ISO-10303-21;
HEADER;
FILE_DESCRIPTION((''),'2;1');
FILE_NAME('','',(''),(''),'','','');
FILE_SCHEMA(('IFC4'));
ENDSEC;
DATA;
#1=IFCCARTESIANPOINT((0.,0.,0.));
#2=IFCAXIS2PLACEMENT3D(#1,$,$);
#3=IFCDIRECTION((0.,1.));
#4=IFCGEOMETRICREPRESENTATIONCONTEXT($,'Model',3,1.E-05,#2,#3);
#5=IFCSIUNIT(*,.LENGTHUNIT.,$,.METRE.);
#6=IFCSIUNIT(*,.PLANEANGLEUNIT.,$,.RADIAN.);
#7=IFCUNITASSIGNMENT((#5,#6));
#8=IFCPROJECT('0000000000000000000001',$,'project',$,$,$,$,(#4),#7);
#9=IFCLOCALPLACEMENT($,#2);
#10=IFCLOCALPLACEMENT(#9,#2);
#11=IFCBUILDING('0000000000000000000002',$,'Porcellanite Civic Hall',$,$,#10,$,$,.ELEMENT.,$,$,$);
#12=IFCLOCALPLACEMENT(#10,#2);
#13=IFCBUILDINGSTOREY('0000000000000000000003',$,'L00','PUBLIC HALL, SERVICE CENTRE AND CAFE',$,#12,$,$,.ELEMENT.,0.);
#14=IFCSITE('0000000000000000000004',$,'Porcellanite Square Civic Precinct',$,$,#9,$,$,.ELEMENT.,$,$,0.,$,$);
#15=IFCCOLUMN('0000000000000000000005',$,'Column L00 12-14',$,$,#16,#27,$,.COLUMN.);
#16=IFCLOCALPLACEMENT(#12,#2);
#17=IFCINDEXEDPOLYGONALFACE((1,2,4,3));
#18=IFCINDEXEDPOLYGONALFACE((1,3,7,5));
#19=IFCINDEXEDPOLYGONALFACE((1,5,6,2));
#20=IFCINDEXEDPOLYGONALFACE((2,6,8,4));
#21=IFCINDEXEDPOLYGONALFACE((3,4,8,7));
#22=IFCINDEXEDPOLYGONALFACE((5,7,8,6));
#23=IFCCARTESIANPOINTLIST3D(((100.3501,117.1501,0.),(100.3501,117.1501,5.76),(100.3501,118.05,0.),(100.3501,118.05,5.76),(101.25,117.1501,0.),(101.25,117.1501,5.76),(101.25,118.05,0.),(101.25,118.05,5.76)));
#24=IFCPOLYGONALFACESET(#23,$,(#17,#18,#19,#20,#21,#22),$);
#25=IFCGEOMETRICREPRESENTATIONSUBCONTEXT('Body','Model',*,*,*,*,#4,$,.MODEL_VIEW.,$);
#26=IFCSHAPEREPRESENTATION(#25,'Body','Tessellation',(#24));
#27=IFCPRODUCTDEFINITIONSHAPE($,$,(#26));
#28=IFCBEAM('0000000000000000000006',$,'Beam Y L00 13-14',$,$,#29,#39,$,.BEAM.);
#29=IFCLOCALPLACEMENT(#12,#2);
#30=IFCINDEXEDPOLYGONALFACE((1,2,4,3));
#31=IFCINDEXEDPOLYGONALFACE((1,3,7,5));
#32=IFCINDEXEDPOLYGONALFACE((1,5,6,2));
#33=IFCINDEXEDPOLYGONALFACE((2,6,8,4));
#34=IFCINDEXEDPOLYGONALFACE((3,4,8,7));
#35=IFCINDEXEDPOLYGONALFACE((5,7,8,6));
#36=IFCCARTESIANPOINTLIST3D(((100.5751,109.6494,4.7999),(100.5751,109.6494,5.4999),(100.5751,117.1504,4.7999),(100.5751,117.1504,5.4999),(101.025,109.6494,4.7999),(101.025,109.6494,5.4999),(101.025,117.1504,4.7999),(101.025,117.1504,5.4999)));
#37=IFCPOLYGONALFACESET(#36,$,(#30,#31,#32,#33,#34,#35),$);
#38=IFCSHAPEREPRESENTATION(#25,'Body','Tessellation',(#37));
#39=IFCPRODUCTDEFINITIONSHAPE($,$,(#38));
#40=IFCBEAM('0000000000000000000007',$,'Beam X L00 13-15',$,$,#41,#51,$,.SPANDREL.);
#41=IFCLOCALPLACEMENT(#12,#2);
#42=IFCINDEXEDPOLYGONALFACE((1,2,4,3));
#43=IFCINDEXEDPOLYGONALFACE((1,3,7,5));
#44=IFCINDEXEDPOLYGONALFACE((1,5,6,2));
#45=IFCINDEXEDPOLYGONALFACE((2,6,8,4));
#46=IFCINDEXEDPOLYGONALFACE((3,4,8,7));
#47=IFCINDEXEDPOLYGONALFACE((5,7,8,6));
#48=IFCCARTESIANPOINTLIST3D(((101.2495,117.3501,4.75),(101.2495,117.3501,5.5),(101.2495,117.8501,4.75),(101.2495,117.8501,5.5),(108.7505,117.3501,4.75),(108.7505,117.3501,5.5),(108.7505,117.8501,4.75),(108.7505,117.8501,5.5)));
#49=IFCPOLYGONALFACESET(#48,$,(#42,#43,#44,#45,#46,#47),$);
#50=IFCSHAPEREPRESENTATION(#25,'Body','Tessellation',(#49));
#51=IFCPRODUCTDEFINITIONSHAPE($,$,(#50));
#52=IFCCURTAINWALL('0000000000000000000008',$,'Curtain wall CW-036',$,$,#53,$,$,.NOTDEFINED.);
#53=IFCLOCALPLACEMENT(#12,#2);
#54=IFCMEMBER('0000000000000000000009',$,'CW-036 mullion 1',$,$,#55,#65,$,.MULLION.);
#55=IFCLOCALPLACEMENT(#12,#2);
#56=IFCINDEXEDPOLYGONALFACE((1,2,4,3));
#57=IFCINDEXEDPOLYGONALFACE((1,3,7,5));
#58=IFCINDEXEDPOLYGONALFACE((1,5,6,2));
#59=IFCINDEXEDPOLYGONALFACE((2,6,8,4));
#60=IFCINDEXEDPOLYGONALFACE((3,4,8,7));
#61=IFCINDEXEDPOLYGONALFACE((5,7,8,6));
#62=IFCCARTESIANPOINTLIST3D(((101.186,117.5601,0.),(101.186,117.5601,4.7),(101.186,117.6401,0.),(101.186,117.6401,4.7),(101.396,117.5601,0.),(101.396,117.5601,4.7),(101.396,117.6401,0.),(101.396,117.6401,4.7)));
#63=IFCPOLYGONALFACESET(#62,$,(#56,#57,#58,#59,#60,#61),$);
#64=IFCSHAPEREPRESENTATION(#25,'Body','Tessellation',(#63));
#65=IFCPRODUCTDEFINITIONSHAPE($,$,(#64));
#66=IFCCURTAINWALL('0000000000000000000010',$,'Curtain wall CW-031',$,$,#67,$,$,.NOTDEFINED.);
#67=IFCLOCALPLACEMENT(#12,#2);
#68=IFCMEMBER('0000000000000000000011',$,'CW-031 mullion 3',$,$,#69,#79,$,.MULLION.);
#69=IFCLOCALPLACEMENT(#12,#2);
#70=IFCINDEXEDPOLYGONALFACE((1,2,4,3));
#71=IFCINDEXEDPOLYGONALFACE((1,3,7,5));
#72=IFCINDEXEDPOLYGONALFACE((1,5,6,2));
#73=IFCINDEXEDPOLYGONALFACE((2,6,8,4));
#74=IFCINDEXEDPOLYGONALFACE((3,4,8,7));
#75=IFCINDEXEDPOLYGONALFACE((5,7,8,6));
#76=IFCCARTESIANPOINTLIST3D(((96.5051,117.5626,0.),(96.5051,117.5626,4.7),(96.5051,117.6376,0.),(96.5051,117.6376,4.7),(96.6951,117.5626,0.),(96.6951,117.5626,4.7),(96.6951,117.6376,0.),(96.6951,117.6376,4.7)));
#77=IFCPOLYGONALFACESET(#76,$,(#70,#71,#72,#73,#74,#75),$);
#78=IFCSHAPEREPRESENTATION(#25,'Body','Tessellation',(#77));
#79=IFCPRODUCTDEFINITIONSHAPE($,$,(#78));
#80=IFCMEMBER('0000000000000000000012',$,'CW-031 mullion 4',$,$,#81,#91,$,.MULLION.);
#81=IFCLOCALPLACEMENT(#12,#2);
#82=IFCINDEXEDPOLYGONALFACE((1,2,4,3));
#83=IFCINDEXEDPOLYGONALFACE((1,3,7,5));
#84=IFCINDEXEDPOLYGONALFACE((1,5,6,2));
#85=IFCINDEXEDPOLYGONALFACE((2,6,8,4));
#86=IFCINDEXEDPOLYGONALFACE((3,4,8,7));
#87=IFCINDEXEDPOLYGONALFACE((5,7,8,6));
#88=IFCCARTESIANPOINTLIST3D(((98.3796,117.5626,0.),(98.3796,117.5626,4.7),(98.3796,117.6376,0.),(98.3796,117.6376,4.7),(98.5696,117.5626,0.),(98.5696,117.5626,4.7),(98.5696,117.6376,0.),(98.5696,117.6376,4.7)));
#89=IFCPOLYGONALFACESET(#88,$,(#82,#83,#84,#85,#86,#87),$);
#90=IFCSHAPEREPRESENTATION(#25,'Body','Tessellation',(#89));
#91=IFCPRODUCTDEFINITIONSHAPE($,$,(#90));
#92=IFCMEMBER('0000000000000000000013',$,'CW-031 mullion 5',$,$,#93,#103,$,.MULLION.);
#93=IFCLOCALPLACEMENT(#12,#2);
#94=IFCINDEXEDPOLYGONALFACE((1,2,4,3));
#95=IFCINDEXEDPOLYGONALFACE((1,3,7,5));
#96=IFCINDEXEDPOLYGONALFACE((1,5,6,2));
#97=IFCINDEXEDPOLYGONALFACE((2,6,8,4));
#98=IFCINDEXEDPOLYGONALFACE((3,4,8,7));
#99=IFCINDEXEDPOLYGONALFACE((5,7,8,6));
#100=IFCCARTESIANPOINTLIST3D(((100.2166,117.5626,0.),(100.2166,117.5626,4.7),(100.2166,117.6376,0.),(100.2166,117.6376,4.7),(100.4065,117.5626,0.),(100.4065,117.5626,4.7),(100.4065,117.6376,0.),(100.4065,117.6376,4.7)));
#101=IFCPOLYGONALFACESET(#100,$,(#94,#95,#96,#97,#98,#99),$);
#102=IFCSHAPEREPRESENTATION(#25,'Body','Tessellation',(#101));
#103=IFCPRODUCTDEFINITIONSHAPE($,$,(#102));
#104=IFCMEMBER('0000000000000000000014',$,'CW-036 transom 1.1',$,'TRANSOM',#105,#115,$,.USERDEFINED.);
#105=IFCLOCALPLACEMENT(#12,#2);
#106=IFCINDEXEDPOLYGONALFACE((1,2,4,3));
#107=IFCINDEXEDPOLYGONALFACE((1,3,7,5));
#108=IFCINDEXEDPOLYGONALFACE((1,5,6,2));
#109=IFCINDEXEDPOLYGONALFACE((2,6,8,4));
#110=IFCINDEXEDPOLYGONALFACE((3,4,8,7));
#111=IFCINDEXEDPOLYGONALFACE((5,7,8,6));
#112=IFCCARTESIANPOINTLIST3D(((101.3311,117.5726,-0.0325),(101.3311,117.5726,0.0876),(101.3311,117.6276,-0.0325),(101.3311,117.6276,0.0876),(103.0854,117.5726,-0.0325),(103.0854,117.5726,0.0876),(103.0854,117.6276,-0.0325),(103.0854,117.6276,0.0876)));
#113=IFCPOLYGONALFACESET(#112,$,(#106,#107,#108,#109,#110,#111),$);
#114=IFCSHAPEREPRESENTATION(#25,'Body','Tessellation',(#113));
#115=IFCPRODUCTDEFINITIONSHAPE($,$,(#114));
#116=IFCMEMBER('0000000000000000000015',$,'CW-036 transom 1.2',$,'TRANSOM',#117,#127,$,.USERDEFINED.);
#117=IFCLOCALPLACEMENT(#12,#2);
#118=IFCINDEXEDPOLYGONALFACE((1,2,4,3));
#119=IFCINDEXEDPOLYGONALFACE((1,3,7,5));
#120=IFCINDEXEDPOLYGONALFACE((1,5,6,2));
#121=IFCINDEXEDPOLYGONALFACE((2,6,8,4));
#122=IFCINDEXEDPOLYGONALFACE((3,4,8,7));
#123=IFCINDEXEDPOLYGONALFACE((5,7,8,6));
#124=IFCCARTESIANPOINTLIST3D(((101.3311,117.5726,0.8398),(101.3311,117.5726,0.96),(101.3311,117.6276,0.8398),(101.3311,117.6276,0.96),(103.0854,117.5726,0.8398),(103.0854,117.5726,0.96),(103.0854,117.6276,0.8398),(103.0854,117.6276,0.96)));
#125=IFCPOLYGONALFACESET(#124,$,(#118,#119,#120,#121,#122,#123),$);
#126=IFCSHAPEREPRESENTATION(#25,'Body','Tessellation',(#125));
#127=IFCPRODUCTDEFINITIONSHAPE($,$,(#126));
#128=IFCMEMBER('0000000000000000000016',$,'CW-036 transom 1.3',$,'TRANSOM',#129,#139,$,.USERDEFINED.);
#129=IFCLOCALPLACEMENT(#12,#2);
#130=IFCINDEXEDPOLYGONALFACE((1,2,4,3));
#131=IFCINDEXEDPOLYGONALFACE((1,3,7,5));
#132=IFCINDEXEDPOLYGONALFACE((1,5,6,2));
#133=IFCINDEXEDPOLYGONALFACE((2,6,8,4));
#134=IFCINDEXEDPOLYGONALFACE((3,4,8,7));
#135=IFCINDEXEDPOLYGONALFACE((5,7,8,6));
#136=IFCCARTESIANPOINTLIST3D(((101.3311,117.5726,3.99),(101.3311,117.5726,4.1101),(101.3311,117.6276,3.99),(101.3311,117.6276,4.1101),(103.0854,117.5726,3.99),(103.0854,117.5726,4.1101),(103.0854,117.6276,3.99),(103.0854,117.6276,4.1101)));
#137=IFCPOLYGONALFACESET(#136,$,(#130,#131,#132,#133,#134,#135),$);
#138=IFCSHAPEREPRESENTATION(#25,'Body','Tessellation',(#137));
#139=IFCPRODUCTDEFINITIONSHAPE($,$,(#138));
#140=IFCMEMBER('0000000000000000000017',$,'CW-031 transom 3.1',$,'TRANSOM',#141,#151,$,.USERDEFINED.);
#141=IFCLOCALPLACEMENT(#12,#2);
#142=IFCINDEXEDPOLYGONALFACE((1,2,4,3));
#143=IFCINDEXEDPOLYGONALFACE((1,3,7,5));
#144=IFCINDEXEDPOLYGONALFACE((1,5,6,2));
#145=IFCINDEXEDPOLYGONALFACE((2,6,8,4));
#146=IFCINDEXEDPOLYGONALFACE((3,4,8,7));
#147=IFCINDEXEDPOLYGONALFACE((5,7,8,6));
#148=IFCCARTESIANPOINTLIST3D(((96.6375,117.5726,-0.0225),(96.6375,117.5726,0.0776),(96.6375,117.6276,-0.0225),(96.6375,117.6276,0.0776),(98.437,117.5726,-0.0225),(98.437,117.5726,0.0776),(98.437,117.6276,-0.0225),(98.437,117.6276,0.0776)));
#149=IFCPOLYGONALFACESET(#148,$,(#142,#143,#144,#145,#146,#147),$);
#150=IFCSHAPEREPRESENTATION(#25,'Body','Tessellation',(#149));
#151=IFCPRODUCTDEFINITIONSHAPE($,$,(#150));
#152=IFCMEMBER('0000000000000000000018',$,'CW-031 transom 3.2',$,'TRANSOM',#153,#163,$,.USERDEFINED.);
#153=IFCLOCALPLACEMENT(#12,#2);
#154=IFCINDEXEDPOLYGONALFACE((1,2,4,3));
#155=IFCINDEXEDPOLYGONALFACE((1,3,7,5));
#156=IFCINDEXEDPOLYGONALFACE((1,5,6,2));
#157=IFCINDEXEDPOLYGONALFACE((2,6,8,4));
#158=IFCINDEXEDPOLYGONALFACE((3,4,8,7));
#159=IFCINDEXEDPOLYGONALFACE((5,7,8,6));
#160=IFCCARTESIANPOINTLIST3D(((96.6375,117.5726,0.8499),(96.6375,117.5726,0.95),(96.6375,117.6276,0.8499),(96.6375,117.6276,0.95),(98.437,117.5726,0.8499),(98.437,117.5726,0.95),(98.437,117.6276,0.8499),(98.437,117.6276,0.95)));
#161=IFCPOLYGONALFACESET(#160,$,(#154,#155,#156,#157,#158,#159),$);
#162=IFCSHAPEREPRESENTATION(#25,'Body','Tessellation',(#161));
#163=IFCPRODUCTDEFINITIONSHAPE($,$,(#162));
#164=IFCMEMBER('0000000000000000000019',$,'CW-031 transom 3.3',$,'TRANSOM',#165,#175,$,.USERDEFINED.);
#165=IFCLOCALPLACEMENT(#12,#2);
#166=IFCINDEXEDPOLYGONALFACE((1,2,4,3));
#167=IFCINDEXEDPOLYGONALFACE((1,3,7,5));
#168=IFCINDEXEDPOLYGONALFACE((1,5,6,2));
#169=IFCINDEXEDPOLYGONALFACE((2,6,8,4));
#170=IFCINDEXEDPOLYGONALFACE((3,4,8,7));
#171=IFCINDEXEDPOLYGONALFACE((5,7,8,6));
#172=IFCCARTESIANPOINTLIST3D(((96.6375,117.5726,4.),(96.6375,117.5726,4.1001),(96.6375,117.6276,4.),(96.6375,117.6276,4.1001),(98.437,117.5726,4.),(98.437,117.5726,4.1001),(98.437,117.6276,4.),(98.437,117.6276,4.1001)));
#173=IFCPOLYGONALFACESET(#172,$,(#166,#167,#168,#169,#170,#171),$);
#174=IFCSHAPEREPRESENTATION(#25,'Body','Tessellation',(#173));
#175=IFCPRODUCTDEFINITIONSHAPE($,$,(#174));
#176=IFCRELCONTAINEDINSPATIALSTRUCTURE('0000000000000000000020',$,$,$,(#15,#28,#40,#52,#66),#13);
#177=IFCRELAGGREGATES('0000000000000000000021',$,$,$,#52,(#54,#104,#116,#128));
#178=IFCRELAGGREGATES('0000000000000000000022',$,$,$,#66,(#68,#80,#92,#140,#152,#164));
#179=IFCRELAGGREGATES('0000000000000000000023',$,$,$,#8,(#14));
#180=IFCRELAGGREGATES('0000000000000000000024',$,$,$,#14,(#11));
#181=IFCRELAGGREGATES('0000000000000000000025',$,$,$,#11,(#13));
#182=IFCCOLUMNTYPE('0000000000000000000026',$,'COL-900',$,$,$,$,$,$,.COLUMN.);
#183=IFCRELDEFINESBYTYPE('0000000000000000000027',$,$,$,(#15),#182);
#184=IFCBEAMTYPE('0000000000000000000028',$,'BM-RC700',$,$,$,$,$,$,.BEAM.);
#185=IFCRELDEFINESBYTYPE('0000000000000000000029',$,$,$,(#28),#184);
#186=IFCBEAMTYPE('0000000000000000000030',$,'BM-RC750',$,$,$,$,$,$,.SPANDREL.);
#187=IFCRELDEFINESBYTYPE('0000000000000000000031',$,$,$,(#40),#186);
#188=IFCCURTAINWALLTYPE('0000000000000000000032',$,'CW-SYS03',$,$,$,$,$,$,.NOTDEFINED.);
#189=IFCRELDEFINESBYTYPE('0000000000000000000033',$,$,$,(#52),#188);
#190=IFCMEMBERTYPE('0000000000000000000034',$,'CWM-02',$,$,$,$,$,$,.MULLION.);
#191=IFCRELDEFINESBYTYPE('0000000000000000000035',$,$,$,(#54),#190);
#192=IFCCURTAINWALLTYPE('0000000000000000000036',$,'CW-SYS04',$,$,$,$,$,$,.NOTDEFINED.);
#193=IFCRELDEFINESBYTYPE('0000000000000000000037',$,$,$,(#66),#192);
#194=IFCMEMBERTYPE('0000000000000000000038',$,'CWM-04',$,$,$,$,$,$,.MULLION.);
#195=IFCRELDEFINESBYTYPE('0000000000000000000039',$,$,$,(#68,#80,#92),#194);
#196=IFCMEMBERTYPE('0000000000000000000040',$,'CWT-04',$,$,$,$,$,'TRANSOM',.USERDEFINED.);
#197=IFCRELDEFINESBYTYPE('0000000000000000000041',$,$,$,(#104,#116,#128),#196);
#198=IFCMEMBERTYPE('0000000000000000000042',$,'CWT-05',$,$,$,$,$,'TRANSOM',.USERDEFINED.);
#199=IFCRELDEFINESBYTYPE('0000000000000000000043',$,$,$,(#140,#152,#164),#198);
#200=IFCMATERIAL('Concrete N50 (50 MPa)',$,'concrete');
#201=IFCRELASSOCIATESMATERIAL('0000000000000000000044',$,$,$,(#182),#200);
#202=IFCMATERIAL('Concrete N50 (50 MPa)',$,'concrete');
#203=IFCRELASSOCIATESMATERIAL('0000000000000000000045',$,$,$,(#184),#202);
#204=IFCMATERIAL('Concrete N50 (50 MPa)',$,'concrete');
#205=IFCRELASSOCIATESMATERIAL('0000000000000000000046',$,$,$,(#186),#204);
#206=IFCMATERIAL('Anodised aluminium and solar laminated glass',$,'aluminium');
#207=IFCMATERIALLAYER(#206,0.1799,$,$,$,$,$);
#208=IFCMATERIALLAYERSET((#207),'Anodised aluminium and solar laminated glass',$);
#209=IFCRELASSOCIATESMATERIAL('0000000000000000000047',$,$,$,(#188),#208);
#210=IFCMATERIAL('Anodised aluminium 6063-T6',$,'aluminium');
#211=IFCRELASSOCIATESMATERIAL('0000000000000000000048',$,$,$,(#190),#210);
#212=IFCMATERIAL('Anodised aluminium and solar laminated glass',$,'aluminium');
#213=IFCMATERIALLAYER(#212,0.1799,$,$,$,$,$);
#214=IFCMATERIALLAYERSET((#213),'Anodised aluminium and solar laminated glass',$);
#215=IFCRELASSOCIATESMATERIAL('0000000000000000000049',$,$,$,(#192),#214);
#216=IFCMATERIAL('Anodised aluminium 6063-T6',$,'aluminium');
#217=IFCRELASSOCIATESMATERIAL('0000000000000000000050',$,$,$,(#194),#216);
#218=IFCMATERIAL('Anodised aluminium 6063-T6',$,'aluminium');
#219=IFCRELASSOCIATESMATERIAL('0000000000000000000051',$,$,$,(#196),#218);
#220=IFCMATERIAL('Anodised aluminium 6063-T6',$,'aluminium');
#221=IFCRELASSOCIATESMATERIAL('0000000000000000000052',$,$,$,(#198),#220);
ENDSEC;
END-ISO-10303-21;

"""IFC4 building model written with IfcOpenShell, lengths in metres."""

from ifc_helpers import new_model, si_unit, direction, frame, origin, origin_2d, place, context, subcontext, project, spatial, rectangle, extrude, material, layer, layer_set, material_profile, profile_set, type_object, element, aggregate, save


model = new_model("IFC4")

# Units and contexts
model_context = context("Model", 3, precision=1e-05, world=origin(), true_north=direction((0.0, 1.0)))
body_context = subcontext(model_context, "Body", "Model", "MODEL_VIEW")
ifc_project = project(units=[si_unit("LENGTHUNIT", "METRE"), si_unit("PLANEANGLEUNIT", "RADIAN")], contexts=[model_context])

# Site, building, storey
site_placement = place(None, origin())
site = spatial("IfcSite", under=ifc_project, at=site_placement, Name="Porcellanite Square Civic Precinct", CompositionType="ELEMENT", RefElevation=0.0)
building_placement = place(site_placement, origin())
building = spatial("IfcBuilding", under=site, at=building_placement, Name="Porcellanite Civic Hall", CompositionType="ELEMENT")
storey_placement = place(building_placement, origin())
storey = spatial("IfcBuildingStorey", under=building, at=storey_placement, Name="L00", Description="PUBLIC HALL, SERVICE CENTRE AND CAFE", CompositionType="ELEMENT", Elevation=0.0)

# Column
ifc_material_1 = material(Name="Concrete N50 (50 MPa)", Category="concrete")
ifc_material_profile_1 = material_profile(ifc_material_1, rectangle(XDim=0.8999, YDim=0.8999, at=origin_2d()), Name="RC-900x900")
ifc_profile_set_1 = profile_set([ifc_material_profile_1], Name="Concrete N50 (50 MPa)")
column_type = type_object("IfcColumnType", Name="COL-900", PredefinedType="COLUMN", material=ifc_profile_set_1)
column_placement = place(storey_placement, frame((100.8, 117.6001, 0.0), z_axis=(0.0, 0.0, 1.0), x_axis=(1.0, 0.0, 0.0)))
element("IfcColumn", 1, at=column_placement, inside=storey, type_object=column_type, Name="Column L00 12-14", PredefinedType="COLUMN", context=body_context, shape_type="SweptSolid", body=[
    extrude(rectangle(XDim=0.8999, YDim=0.8999, at=origin_2d()), origin(), (0.0, 0.0, 1.0), 5.76),
])

# Beams
ifc_material_2 = material(Name="Concrete N50 (50 MPa)", Category="concrete")
ifc_material_profile_2 = material_profile(ifc_material_2, rectangle(XDim=0.45, YDim=0.7, at=origin_2d()), Name="RC-450x700")
ifc_profile_set_2 = profile_set([ifc_material_profile_2], Name="Concrete N50 (50 MPa)")
beam_type_1 = type_object("IfcBeamType", Name="BM-RC700", PredefinedType="BEAM", material=ifc_profile_set_2)
beam_1_placement = place(storey_placement, frame((100.8, 109.6494, 5.1499), z_axis=(0.0, 1.0, 0.0), x_axis=(-1.0, 0.0, 0.0)))
element("IfcBeam", 2, at=beam_1_placement, inside=storey, type_object=beam_type_1, Name="Beam Y L00 13-14", PredefinedType="BEAM", context=body_context, shape_type="SweptSolid", body=[
    extrude(rectangle(XDim=0.45, YDim=0.7, at=origin_2d()), origin(), (0.0, 0.0, 1.0), 7.501),
])
ifc_material_3 = material(Name="Concrete N50 (50 MPa)", Category="concrete")
ifc_material_profile_3 = material_profile(ifc_material_3, rectangle(XDim=0.5, YDim=0.75, at=origin_2d()), Name="RC-500x750")
ifc_profile_set_3 = profile_set([ifc_material_profile_3], Name="Concrete N50 (50 MPa)")
beam_type_2 = type_object("IfcBeamType", Name="BM-RC750", PredefinedType="SPANDREL", material=ifc_profile_set_3)
beam_2_placement = place(storey_placement, frame((101.2495, 117.6001, 5.125), z_axis=(1.0, 0.0, 0.0), x_axis=(0.0, 1.0, 0.0)))
element("IfcBeam", 3, at=beam_2_placement, inside=storey, type_object=beam_type_2, Name="Beam X L00 13-15", PredefinedType="SPANDREL", context=body_context, shape_type="SweptSolid", body=[
    extrude(rectangle(XDim=0.5, YDim=0.75, at=origin_2d()), origin(), (0.0, 0.0, 1.0), 7.501),
])

# Curtain wall, member
ifc_material_4 = material(Name="Anodised aluminium and solar laminated glass", Category="aluminium")
ifc_layer_1 = layer(ifc_material_4, 0.1799)
ifc_layer_set_1 = layer_set([ifc_layer_1], Name="Anodised aluminium and solar laminated glass")
curtain_wall_type_1 = type_object("IfcCurtainWallType", Name="CW-SYS03", PredefinedType="NOTDEFINED", material=ifc_layer_set_1)
curtain_wall_1_placement = place(storey_placement, origin())
curtain_wall_1 = element("IfcCurtainWall", 4, at=curtain_wall_1_placement, inside=storey, type_object=curtain_wall_type_1, Name="Curtain wall CW-036", PredefinedType="NOTDEFINED")
ifc_material_5 = material(Name="Anodised aluminium 6063-T6", Category="aluminium")
ifc_material_profile_4 = material_profile(ifc_material_5, rectangle(XDim=0.0801, YDim=0.21, at=origin_2d()), Name="AL-80x210")
ifc_profile_set_4 = profile_set([ifc_material_profile_4], Name="Anodised aluminium 6063-T6")
member_type_1 = type_object("IfcMemberType", Name="CWM-02", PredefinedType="MULLION", material=ifc_profile_set_4)
member_1_placement = place(storey_placement, frame((101.291, 117.6001, 0.0), z_axis=(0.0, 0.0, 1.0), x_axis=(0.0, 1.0, 0.0)))
member_1 = element("IfcMember", 5, at=member_1_placement, type_object=member_type_1, Name="CW-036 mullion 1", PredefinedType="MULLION", context=body_context, shape_type="SweptSolid", body=[
    extrude(rectangle(XDim=0.0801, YDim=0.21, at=origin_2d()), origin(), (0.0, 0.0, 1.0), 4.7),
])

# Curtain wall, members
ifc_material_6 = material(Name="Anodised aluminium and solar laminated glass", Category="aluminium")
ifc_layer_2 = layer(ifc_material_6, 0.1799)
ifc_layer_set_2 = layer_set([ifc_layer_2], Name="Anodised aluminium and solar laminated glass")
curtain_wall_type_2 = type_object("IfcCurtainWallType", Name="CW-SYS04", PredefinedType="NOTDEFINED", material=ifc_layer_set_2)
curtain_wall_2_placement = place(storey_placement, origin())
curtain_wall_2 = element("IfcCurtainWall", 6, at=curtain_wall_2_placement, inside=storey, type_object=curtain_wall_type_2, Name="Curtain wall CW-031", PredefinedType="NOTDEFINED")
ifc_material_7 = material(Name="Anodised aluminium 6063-T6", Category="aluminium")
ifc_material_profile_5 = material_profile(ifc_material_7, rectangle(XDim=0.075, YDim=0.1899, at=origin_2d()), Name="AL-75x190")
ifc_profile_set_5 = profile_set([ifc_material_profile_5], Name="Anodised aluminium 6063-T6")
member_type_2 = type_object("IfcMemberType", Name="CWM-04", PredefinedType="MULLION", material=ifc_profile_set_5)
member_2_placement = place(storey_placement, frame((96.6001, 117.6001, 0.0), z_axis=(0.0, 0.0, 1.0), x_axis=(0.0, 1.0, 0.0)))
member_2 = element("IfcMember", 7, at=member_2_placement, type_object=member_type_2, Name="CW-031 mullion 3", PredefinedType="MULLION", context=body_context, shape_type="SweptSolid", body=[
    extrude(rectangle(XDim=0.075, YDim=0.1899, at=origin_2d()), origin(), (0.0, 0.0, 1.0), 4.7),
])
member_3_placement = place(storey_placement, frame((98.4746, 117.6001, 0.0), z_axis=(0.0, 0.0, 1.0), x_axis=(0.0, 1.0, 0.0)))
member_3 = element("IfcMember", 8, at=member_3_placement, type_object=member_type_2, Name="CW-031 mullion 4", PredefinedType="MULLION", context=body_context, shape_type="SweptSolid", body=[
    extrude(rectangle(XDim=0.075, YDim=0.1899, at=origin_2d()), origin(), (0.0, 0.0, 1.0), 4.7),
])
member_4_placement = place(storey_placement, frame((100.3115, 117.6001, 0.0), z_axis=(0.0, 0.0, 1.0), x_axis=(0.0, 1.0, 0.0)))
member_4 = element("IfcMember", 9, at=member_4_placement, type_object=member_type_2, Name="CW-031 mullion 5", PredefinedType="MULLION", context=body_context, shape_type="SweptSolid", body=[
    extrude(rectangle(XDim=0.075, YDim=0.1899, at=origin_2d()), origin(), (0.0, 0.0, 1.0), 4.7),
])

# Members
ifc_material_8 = material(Name="Anodised aluminium 6063-T6", Category="aluminium")
ifc_material_profile_6 = material_profile(ifc_material_8, rectangle(XDim=0.0549, YDim=0.1201, at=origin_2d()), Name="AL-55x120")
ifc_profile_set_6 = profile_set([ifc_material_profile_6], Name="Anodised aluminium 6063-T6")
member_type_3 = type_object("IfcMemberType", Name="CWT-04", ElementType="TRANSOM", PredefinedType="USERDEFINED", material=ifc_profile_set_6)
member_5_placement = place(storey_placement, frame((101.3311, 117.6001, 0.0276), z_axis=(1.0, 0.0, 0.0), x_axis=(0.0, 1.0, 0.0)))
member_5 = element("IfcMember", 10, at=member_5_placement, type_object=member_type_3, Name="CW-036 transom 1.1", ObjectType="TRANSOM", PredefinedType="USERDEFINED", context=body_context, shape_type="SweptSolid", body=[
    extrude(rectangle(XDim=0.0549, YDim=0.1201, at=origin_2d()), origin(), (0.0, 0.0, 1.0), 1.7544),
])
member_6_placement = place(storey_placement, frame((101.3311, 117.6001, 0.8999), z_axis=(1.0, 0.0, 0.0), x_axis=(0.0, 1.0, 0.0)))
member_6 = element("IfcMember", 11, at=member_6_placement, type_object=member_type_3, Name="CW-036 transom 1.2", ObjectType="TRANSOM", PredefinedType="USERDEFINED", context=body_context, shape_type="SweptSolid", body=[
    extrude(rectangle(XDim=0.0549, YDim=0.1201, at=origin_2d()), origin(), (0.0, 0.0, 1.0), 1.7544),
])
member_7_placement = place(storey_placement, frame((101.3311, 117.6001, 4.05), z_axis=(1.0, 0.0, 0.0), x_axis=(0.0, 1.0, 0.0)))
member_7 = element("IfcMember", 12, at=member_7_placement, type_object=member_type_3, Name="CW-036 transom 1.3", ObjectType="TRANSOM", PredefinedType="USERDEFINED", context=body_context, shape_type="SweptSolid", body=[
    extrude(rectangle(XDim=0.0549, YDim=0.1201, at=origin_2d()), origin(), (0.0, 0.0, 1.0), 1.7544),
])
aggregate(curtain_wall_1, [member_1, member_5, member_6, member_7])
ifc_material_9 = material(Name="Anodised aluminium 6063-T6", Category="aluminium")
ifc_material_profile_7 = material_profile(ifc_material_9, rectangle(XDim=0.0549, YDim=0.1001, at=origin_2d()), Name="AL-55x100")
ifc_profile_set_7 = profile_set([ifc_material_profile_7], Name="Anodised aluminium 6063-T6")
member_type_4 = type_object("IfcMemberType", Name="CWT-05", ElementType="TRANSOM", PredefinedType="USERDEFINED", material=ifc_profile_set_7)
member_8_placement = place(storey_placement, frame((96.6375, 117.6001, 0.0276), z_axis=(1.0, 0.0, 0.0), x_axis=(0.0, 1.0, 0.0)))
member_8 = element("IfcMember", 13, at=member_8_placement, type_object=member_type_4, Name="CW-031 transom 3.1", ObjectType="TRANSOM", PredefinedType="USERDEFINED", context=body_context, shape_type="SweptSolid", body=[
    extrude(rectangle(XDim=0.0549, YDim=0.1001, at=origin_2d()), origin(), (0.0, 0.0, 1.0), 1.7996),
])
member_9_placement = place(storey_placement, frame((96.6375, 117.6001, 0.8999), z_axis=(1.0, 0.0, 0.0), x_axis=(0.0, 1.0, 0.0)))
member_9 = element("IfcMember", 14, at=member_9_placement, type_object=member_type_4, Name="CW-031 transom 3.2", ObjectType="TRANSOM", PredefinedType="USERDEFINED", context=body_context, shape_type="SweptSolid", body=[
    extrude(rectangle(XDim=0.0549, YDim=0.1001, at=origin_2d()), origin(), (0.0, 0.0, 1.0), 1.7996),
])
member_10_placement = place(storey_placement, frame((96.6375, 117.6001, 4.05), z_axis=(1.0, 0.0, 0.0), x_axis=(0.0, 1.0, 0.0)))
member_10 = element("IfcMember", 15, at=member_10_placement, type_object=member_type_4, Name="CW-031 transom 3.3", ObjectType="TRANSOM", PredefinedType="USERDEFINED", context=body_context, shape_type="SweptSolid", body=[
    extrude(rectangle(XDim=0.0549, YDim=0.1001, at=origin_2d()), origin(), (0.0, 0.0, 1.0), 1.7996),
])

aggregate(curtain_wall_2, [member_2, member_3, member_4, member_8, member_9, member_10])

save(model, "model.ifc")
